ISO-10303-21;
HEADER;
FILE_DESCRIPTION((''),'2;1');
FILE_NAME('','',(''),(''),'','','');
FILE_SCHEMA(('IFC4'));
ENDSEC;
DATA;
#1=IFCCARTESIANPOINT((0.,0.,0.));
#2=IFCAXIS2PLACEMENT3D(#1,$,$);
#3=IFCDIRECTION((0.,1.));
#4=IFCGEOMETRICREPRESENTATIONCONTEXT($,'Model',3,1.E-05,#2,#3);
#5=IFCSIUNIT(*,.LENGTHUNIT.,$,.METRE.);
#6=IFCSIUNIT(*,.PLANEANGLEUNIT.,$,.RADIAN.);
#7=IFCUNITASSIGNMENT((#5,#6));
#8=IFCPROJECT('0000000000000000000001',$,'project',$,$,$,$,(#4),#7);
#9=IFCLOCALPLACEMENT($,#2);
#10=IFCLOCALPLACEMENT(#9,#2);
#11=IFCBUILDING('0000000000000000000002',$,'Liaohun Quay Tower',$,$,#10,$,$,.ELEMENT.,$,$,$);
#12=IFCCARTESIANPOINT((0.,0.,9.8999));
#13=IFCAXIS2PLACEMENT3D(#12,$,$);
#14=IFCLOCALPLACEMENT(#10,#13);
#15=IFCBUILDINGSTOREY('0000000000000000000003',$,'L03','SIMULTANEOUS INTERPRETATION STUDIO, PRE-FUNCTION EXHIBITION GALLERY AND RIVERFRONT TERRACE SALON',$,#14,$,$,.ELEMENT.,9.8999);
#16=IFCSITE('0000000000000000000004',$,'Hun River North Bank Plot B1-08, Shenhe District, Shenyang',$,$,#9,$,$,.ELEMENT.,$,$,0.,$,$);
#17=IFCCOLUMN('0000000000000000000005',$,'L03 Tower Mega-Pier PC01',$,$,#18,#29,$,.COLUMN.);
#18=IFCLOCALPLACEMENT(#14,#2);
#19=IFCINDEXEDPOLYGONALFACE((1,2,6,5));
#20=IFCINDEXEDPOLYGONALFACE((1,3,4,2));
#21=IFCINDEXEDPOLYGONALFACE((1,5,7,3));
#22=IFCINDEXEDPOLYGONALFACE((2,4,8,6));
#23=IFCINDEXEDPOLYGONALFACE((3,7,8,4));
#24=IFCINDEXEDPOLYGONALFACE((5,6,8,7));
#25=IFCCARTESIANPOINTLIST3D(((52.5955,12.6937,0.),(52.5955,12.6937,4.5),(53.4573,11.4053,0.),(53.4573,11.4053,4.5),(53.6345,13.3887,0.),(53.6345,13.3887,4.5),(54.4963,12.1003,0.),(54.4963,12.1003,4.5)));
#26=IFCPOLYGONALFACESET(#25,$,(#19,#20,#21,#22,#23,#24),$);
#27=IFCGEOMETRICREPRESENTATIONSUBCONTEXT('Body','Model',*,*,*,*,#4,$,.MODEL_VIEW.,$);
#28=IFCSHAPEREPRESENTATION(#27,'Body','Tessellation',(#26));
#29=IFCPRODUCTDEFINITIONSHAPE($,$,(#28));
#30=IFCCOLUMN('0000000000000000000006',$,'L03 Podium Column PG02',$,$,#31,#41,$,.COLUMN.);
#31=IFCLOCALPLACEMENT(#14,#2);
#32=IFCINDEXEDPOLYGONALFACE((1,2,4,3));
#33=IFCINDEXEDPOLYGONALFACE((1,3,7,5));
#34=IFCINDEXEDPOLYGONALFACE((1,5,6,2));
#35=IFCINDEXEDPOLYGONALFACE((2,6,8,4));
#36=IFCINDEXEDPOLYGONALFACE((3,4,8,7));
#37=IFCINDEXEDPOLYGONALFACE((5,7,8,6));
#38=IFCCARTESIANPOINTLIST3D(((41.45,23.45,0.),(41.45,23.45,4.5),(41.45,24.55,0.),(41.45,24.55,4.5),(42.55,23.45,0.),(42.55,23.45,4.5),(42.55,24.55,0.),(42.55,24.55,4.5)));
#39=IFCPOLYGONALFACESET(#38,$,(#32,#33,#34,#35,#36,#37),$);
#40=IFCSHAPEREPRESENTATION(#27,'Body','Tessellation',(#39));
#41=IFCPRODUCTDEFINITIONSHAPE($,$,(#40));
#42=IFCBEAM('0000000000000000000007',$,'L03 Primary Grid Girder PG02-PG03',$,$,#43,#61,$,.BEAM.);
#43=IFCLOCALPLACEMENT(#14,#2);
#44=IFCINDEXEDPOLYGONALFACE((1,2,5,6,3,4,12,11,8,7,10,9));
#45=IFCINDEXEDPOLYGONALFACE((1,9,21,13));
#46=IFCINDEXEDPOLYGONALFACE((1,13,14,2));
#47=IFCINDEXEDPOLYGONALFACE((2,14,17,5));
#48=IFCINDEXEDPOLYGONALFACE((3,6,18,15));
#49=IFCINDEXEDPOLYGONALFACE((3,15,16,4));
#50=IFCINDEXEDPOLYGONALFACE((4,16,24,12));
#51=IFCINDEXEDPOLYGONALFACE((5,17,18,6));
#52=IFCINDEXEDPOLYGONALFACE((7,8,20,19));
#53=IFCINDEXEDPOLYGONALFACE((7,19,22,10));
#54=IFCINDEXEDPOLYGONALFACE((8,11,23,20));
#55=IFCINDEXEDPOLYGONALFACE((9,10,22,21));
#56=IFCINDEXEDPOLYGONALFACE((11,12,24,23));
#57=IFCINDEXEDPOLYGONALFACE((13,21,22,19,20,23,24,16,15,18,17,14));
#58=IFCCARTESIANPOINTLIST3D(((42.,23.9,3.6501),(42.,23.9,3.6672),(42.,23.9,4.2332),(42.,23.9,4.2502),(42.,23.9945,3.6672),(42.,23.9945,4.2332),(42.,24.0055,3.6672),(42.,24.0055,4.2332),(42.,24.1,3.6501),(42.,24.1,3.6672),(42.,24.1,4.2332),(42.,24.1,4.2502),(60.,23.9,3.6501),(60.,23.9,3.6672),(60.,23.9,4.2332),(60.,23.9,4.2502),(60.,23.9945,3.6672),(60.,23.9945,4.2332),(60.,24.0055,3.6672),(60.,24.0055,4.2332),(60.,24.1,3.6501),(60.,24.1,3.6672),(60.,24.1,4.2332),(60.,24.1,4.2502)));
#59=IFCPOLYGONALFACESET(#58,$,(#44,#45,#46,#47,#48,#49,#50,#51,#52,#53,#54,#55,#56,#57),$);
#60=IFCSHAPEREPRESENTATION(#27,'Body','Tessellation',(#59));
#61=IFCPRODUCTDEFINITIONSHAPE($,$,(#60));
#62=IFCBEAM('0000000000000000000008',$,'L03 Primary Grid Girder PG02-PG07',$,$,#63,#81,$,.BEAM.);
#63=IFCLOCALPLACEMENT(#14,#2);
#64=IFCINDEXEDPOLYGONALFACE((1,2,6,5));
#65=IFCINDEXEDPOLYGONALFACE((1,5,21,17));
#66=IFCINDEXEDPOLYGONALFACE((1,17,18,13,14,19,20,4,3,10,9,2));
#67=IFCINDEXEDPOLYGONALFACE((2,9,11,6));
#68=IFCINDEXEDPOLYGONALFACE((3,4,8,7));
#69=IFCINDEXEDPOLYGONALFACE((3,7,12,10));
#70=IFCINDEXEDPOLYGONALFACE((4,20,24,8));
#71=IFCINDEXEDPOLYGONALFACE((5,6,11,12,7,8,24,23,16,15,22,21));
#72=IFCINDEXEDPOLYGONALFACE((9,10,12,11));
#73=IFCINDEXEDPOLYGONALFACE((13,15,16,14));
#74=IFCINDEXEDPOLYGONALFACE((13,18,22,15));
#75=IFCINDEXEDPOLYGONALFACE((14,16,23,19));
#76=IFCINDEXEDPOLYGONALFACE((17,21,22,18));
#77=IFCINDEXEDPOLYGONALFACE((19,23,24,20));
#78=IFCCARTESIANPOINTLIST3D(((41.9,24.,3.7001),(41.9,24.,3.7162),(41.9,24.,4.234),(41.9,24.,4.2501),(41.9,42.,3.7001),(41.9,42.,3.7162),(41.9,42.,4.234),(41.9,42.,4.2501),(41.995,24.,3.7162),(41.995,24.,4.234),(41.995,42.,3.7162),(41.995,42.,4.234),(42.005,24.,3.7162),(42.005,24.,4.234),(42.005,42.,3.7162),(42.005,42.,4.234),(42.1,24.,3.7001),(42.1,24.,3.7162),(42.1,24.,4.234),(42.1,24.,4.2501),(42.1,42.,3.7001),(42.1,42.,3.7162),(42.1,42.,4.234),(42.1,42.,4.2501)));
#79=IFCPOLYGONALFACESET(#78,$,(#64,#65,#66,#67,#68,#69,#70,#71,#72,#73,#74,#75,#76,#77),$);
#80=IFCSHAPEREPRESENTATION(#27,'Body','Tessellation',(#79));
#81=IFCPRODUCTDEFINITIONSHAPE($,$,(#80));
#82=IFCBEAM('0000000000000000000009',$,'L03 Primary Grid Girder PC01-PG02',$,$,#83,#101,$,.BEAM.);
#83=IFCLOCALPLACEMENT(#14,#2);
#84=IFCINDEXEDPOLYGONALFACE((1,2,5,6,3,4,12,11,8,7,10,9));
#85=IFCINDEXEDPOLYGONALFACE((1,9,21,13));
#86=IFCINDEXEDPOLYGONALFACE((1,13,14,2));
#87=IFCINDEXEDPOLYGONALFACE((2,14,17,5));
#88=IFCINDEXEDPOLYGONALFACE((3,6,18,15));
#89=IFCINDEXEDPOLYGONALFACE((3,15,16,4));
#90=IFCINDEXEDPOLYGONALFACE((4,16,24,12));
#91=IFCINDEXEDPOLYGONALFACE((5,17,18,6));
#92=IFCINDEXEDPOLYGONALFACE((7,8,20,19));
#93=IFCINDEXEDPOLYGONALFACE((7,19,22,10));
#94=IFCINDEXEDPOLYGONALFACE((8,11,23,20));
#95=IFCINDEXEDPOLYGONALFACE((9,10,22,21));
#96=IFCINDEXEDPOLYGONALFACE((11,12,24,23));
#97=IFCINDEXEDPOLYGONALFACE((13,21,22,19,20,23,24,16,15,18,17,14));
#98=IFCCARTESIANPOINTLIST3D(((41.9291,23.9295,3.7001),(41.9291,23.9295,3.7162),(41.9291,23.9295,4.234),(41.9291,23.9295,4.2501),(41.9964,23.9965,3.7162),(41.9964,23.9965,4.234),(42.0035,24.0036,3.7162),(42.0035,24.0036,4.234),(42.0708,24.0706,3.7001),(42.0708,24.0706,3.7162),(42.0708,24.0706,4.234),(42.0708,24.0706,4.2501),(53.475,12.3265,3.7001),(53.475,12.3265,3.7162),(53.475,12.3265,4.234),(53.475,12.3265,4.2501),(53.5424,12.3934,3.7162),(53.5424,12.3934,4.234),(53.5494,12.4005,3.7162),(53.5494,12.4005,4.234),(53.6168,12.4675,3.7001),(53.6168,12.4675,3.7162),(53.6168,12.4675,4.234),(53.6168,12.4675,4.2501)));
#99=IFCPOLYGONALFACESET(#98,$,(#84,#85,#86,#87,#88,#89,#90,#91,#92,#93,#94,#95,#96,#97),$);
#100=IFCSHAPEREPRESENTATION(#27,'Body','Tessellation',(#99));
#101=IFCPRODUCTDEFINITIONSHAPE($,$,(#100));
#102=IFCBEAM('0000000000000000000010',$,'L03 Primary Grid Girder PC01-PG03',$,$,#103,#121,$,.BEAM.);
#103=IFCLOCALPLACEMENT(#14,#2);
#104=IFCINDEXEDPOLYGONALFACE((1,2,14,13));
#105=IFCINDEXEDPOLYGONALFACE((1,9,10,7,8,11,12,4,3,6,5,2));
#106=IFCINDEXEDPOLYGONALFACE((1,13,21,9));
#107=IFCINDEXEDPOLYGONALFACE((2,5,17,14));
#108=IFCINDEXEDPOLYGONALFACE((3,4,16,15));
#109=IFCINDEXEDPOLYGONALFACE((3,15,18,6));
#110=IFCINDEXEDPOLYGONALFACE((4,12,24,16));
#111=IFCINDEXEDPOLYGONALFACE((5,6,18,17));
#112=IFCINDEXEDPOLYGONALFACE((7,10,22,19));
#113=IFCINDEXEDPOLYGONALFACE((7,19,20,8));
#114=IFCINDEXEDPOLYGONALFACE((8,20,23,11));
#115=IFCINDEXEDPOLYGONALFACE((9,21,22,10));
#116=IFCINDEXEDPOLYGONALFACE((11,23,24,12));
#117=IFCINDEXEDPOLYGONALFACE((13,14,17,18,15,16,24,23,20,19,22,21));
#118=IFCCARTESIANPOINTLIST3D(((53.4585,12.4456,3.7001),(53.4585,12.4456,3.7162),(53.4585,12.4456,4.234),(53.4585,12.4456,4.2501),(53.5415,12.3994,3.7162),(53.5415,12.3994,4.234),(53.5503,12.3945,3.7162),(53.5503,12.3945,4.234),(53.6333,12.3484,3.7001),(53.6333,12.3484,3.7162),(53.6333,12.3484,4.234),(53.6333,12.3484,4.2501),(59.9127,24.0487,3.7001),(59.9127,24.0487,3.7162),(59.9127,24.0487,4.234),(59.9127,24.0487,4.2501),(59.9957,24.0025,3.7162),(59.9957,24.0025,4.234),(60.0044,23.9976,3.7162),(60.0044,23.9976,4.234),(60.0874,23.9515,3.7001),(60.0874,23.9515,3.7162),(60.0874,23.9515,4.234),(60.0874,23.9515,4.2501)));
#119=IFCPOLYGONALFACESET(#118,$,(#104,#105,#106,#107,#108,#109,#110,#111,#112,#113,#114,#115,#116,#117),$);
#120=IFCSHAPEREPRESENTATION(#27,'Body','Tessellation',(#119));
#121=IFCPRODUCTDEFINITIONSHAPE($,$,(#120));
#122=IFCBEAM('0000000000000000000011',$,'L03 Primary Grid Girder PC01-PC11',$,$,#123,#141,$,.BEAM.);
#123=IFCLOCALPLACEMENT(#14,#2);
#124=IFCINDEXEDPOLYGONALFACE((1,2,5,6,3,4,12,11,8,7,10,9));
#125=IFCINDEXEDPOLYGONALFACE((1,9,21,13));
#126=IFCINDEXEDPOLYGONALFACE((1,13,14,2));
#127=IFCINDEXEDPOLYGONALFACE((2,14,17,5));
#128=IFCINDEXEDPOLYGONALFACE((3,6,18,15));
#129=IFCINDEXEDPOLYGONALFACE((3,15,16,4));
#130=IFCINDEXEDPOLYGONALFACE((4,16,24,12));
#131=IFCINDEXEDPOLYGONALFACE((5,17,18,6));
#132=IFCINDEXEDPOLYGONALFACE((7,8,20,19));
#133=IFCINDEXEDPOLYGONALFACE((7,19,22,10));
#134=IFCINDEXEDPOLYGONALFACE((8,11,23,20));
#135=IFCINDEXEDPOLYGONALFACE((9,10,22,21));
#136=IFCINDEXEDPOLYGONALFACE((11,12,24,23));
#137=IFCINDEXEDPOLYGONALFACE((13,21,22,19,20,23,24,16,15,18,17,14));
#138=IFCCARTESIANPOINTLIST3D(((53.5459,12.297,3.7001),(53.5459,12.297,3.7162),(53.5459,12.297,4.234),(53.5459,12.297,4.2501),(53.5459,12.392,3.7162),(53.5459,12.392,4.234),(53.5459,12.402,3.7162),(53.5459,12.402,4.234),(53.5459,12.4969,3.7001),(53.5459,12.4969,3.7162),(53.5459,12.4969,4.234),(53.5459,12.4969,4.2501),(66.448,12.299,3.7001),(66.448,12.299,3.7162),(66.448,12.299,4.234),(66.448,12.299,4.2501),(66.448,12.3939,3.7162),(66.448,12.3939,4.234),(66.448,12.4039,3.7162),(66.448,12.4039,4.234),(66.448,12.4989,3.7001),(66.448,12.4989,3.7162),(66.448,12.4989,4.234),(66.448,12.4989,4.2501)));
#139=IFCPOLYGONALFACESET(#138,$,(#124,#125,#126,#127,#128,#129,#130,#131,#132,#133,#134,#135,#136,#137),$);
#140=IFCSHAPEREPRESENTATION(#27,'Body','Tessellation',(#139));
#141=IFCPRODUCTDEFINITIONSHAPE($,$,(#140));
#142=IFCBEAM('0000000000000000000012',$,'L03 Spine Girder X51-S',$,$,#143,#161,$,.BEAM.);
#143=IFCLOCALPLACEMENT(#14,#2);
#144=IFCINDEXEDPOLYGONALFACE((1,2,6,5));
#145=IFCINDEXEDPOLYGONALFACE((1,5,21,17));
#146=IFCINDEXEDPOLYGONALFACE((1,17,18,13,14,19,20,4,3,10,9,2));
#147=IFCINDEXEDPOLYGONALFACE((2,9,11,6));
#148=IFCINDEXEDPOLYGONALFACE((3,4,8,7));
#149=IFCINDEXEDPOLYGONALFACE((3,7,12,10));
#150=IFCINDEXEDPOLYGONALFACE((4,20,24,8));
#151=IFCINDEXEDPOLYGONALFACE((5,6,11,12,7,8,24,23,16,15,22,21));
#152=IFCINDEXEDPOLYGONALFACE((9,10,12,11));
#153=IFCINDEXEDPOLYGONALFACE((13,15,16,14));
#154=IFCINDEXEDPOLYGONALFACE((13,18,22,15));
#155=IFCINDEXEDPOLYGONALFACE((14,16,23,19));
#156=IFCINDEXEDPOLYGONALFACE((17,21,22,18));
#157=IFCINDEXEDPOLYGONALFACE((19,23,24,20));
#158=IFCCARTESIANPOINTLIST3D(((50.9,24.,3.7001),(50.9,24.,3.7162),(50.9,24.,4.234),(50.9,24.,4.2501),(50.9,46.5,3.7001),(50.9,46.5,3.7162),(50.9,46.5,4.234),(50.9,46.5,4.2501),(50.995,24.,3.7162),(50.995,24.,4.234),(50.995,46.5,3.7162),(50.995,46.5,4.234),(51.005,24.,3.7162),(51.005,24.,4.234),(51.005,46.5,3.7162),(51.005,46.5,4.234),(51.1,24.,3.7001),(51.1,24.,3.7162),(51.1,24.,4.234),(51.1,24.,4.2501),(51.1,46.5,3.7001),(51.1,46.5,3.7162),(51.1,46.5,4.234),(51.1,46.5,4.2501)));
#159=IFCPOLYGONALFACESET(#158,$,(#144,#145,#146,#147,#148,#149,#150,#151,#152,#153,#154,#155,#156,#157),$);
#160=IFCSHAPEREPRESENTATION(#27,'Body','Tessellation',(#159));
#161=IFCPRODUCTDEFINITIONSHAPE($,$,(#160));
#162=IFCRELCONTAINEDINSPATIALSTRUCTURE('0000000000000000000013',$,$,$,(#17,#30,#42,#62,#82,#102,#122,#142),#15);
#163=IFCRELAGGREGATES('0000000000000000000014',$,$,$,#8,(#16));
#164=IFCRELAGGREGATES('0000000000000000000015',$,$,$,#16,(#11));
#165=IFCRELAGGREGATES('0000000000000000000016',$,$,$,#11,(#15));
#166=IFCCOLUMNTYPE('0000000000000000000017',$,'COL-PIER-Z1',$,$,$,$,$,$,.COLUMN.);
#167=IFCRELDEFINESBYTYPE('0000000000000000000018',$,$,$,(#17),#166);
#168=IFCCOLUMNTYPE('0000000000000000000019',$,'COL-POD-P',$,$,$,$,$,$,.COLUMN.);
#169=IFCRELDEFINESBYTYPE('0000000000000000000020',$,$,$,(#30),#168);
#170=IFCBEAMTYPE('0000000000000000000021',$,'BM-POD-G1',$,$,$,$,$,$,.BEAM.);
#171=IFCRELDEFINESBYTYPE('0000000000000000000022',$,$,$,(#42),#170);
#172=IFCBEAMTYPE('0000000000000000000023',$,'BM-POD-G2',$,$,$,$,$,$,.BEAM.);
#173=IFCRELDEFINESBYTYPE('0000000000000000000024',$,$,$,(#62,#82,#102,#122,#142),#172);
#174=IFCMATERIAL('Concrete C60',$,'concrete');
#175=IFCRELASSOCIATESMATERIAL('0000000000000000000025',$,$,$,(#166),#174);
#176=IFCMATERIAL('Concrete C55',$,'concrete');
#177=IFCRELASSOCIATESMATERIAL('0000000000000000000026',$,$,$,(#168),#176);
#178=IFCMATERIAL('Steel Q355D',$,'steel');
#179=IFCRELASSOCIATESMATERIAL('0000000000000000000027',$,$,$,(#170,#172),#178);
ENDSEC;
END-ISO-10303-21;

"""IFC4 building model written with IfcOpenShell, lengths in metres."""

from ifc_helpers import new_model, si_unit, direction, frame, origin, origin_2d, place, context, subcontext, project, spatial, rectangle, i_section, extrude, source, transform, mapped, material, material_profile, profile_set, type_object, element, save


model = new_model("IFC4")

# Units and contexts
model_context = context("Model", 3, precision=1e-05, world=origin(), true_north=direction((0.0, 1.0)))
body_context = subcontext(model_context, "Body", "Model", "MODEL_VIEW")
ifc_project = project(units=[si_unit("LENGTHUNIT", "METRE"), si_unit("PLANEANGLEUNIT", "RADIAN")], contexts=[model_context])

# Site, building, storey
site_placement = place(None, origin())
site = spatial("IfcSite", under=ifc_project, at=site_placement, Name="Hun River North Bank Plot B1-08, Shenhe District, Shenyang", CompositionType="ELEMENT", RefElevation=0.0)
building_placement = place(site_placement, origin())
building = spatial("IfcBuilding", under=site, at=building_placement, Name="Liaohun Quay Tower", CompositionType="ELEMENT")
storey_placement = place(building_placement, frame((0.0, 0.0, 9.8999)))
storey = spatial("IfcBuildingStorey", under=building, at=storey_placement, Name="L03", Description="SIMULTANEOUS INTERPRETATION STUDIO, PRE-FUNCTION EXHIBITION GALLERY AND RIVERFRONT TERRACE SALON", CompositionType="ELEMENT", Elevation=9.8999)

# Columns
ifc_material_1 = material(Name="Concrete C60", Category="concrete")
ifc_material_profile_1 = material_profile(ifc_material_1, rectangle(XDim=1.55, YDim=1.25, at=origin_2d()), Name="RC1550x1250")
ifc_profile_set_1 = profile_set([ifc_material_profile_1], Name="Concrete C60")
column_type_1 = type_object("IfcColumnType", Name="COL-PIER-Z1", PredefinedType="COLUMN", material=ifc_profile_set_1)
shared_shape_1 = source(origin(), body_context, "Body", "SweptSolid", [
    extrude(rectangle(XDim=1.55, YDim=1.25, at=origin_2d()), origin(), (0.0, 0.0, 1.0), 4.5),
])
column_1_placement = place(storey_placement, frame((53.5459, 12.397, 0.0), z_axis=(0.0, 0.0, 1.0), x_axis=(-0.556006, 0.831179, 0.0)))
element("IfcColumn", 1, at=column_1_placement, inside=storey, type_object=column_type_1, Name="L03 Tower Mega-Pier PC01", PredefinedType="COLUMN", context=body_context, shape_type="MappedRepresentation", body=[
    mapped(shared_shape_1, transform((0.0, 0.0, 0.0), x_axis=(1.0, 0.0, 0.0), y_axis=(0.0, 1.0, 0.0), z_axis=(0.0, 0.0, 1.0), scale=1.0)),
])
ifc_material_2 = material(Name="Concrete C55", Category="concrete")
ifc_material_profile_2 = material_profile(ifc_material_2, rectangle(XDim=1.1001, YDim=1.1001, at=origin_2d()), Name="RC1100x1100")
ifc_profile_set_2 = profile_set([ifc_material_profile_2], Name="Concrete C55")
column_type_2 = type_object("IfcColumnType", Name="COL-POD-P", PredefinedType="COLUMN", material=ifc_profile_set_2)
shared_shape_2 = source(origin(), body_context, "Body", "SweptSolid", [
    extrude(rectangle(XDim=1.1001, YDim=1.1001, at=origin_2d()), origin(), (0.0, 0.0, 1.0), 4.5),
])
column_2_placement = place(storey_placement, frame((42.0, 24.0, 0.0), z_axis=(0.0, 0.0, 1.0), x_axis=(1.0, 0.0, 0.0)))
element("IfcColumn", 2, at=column_2_placement, inside=storey, type_object=column_type_2, Name="L03 Podium Column PG02", PredefinedType="COLUMN", context=body_context, shape_type="MappedRepresentation", body=[
    mapped(shared_shape_2, transform((0.0, 0.0, 0.0), x_axis=(1.0, 0.0, 0.0), y_axis=(0.0, 1.0, 0.0), z_axis=(0.0, 0.0, 1.0), scale=1.0)),
])

# Beams
ifc_material_3 = material(Name="Steel Q355D", Category="steel")
ifc_material_profile_3 = material_profile(ifc_material_3, i_section(OverallWidth=0.2, OverallDepth=0.6001, WebThickness=0.011, FlangeThickness=0.0171, at=origin_2d()), Name="HN600x200x11x17")
ifc_profile_set_3 = profile_set([ifc_material_profile_3], Name="Steel Q355D")
beam_type_1 = type_object("IfcBeamType", Name="BM-POD-G1", PredefinedType="BEAM", material=ifc_profile_set_3)
shared_shape_3 = source(origin(), body_context, "Body", "SweptSolid", [
    extrude(i_section(OverallWidth=0.2, OverallDepth=0.6001, WebThickness=0.011, FlangeThickness=0.0171, at=origin_2d()), origin(), (0.0, 0.0, 1.0), 18.0),
])
beam_1_placement = place(storey_placement, frame((42.0, 24.0, 3.9502), z_axis=(1.0, 0.0, 0.0), x_axis=(0.0, 1.0, 0.0)))
element("IfcBeam", 3, at=beam_1_placement, inside=storey, type_object=beam_type_1, Name="L03 Primary Grid Girder PG02-PG03", PredefinedType="BEAM", context=body_context, shape_type="MappedRepresentation", body=[
    mapped(shared_shape_3, transform((0.0, 0.0, 0.0), x_axis=(1.0, 0.0, 0.0), y_axis=(0.0, 1.0, 0.0), z_axis=(0.0, 0.0, 1.0), scale=1.0)),
])
ifc_material_profile_4 = material_profile(ifc_material_3, i_section(OverallWidth=0.2, OverallDepth=0.55, WebThickness=0.01, FlangeThickness=0.0161, at=origin_2d()), Name="HN550x200x10x16")
ifc_profile_set_4 = profile_set([ifc_material_profile_4], Name="Steel Q355D")
beam_type_2 = type_object("IfcBeamType", Name="BM-POD-G2", PredefinedType="BEAM", material=ifc_profile_set_4)
shared_shape_4 = source(origin(), body_context, "Body", "SweptSolid", [
    extrude(i_section(OverallWidth=0.2, OverallDepth=0.55, WebThickness=0.01, FlangeThickness=0.0161, at=origin_2d()), origin(), (0.0, 0.0, 1.0), 18.0),
])
beam_2_placement = place(storey_placement, frame((42.0, 24.0, 3.9751), z_axis=(0.0, 1.0, 0.0), x_axis=(-1.0, 0.0, 0.0)))
element("IfcBeam", 4, at=beam_2_placement, inside=storey, type_object=beam_type_2, Name="L03 Primary Grid Girder PG02-PG07", PredefinedType="BEAM", context=body_context, shape_type="MappedRepresentation", body=[
    mapped(shared_shape_4, transform((0.0, 0.0, 0.0), x_axis=(1.0, 0.0, 0.0), y_axis=(0.0, 1.0, 0.0), z_axis=(0.0, 0.0, 1.0), scale=1.0)),
])
shared_shape_5 = source(origin(), body_context, "Body", "SweptSolid", [
    extrude(i_section(OverallWidth=0.2, OverallDepth=0.55, WebThickness=0.01, FlangeThickness=0.0161, at=origin_2d()), origin(), (0.0, 0.0, 1.0), 16.3689),
])
beam_3_placement = place(storey_placement, frame((53.5459, 12.397, 3.9751), z_axis=(-0.70536, 0.70885, 0.0), x_axis=(-0.70885, -0.70536, 0.0)))
element("IfcBeam", 5, at=beam_3_placement, inside=storey, type_object=beam_type_2, Name="L03 Primary Grid Girder PC01-PG02", PredefinedType="BEAM", context=body_context, shape_type="MappedRepresentation", body=[
    mapped(shared_shape_5, transform((0.0, 0.0, 0.0), x_axis=(1.0, 0.0, 0.0), y_axis=(0.0, 1.0, 0.0), z_axis=(0.0, 0.0, 1.0), scale=1.0)),
])
shared_shape_6 = source(origin(), body_context, "Body", "SweptSolid", [
    extrude(i_section(OverallWidth=0.2, OverallDepth=0.55, WebThickness=0.01, FlangeThickness=0.0161, at=origin_2d()), origin(), (0.0, 0.0, 1.0), 13.2773),
])
beam_4_placement = place(storey_placement, frame((53.5459, 12.397, 3.9751), z_axis=(0.486102, 0.873902, 0.0), x_axis=(-0.873902, 0.486102, 0.0)))
element("IfcBeam", 6, at=beam_4_placement, inside=storey, type_object=beam_type_2, Name="L03 Primary Grid Girder PC01-PG03", PredefinedType="BEAM", context=body_context, shape_type="MappedRepresentation", body=[
    mapped(shared_shape_6, transform((0.0, 0.0, 0.0), x_axis=(1.0, 0.0, 0.0), y_axis=(0.0, 1.0, 0.0), z_axis=(0.0, 0.0, 1.0), scale=1.0)),
])
shared_shape_7 = source(origin(), body_context, "Body", "SweptSolid", [
    extrude(i_section(OverallWidth=0.2, OverallDepth=0.55, WebThickness=0.01, FlangeThickness=0.0161, at=origin_2d()), origin(), (0.0, 0.0, 1.0), 12.9021),
])
beam_5_placement = place(storey_placement, frame((53.5459, 12.397, 3.9751), z_axis=(1.0, 0.000151, 0.0), x_axis=(-0.000151, 1.0, 0.0)))
element("IfcBeam", 7, at=beam_5_placement, inside=storey, type_object=beam_type_2, Name="L03 Primary Grid Girder PC01-PC11", PredefinedType="BEAM", context=body_context, shape_type="MappedRepresentation", body=[
    mapped(shared_shape_7, transform((0.0, 0.0, 0.0), x_axis=(1.0, 0.0, 0.0), y_axis=(0.0, 1.0, 0.0), z_axis=(0.0, 0.0, 1.0), scale=1.0)),
])
shared_shape_8 = source(origin(), body_context, "Body", "SweptSolid", [
    extrude(i_section(OverallWidth=0.2, OverallDepth=0.55, WebThickness=0.01, FlangeThickness=0.0161, at=origin_2d()), origin(), (0.0, 0.0, 1.0), 22.5),
])
beam_6_placement = place(storey_placement, frame((51.0, 24.0, 3.9751), z_axis=(0.0, 1.0, 0.0), x_axis=(-1.0, 0.0, 0.0)))
element("IfcBeam", 8, at=beam_6_placement, inside=storey, type_object=beam_type_2, Name="L03 Spine Girder X51-S", PredefinedType="BEAM", context=body_context, shape_type="MappedRepresentation", body=[
    mapped(shared_shape_8, transform((0.0, 0.0, 0.0), x_axis=(1.0, 0.0, 0.0), y_axis=(0.0, 1.0, 0.0), z_axis=(0.0, 0.0, 1.0), scale=1.0)),
])

save(model, "model.ifc")
